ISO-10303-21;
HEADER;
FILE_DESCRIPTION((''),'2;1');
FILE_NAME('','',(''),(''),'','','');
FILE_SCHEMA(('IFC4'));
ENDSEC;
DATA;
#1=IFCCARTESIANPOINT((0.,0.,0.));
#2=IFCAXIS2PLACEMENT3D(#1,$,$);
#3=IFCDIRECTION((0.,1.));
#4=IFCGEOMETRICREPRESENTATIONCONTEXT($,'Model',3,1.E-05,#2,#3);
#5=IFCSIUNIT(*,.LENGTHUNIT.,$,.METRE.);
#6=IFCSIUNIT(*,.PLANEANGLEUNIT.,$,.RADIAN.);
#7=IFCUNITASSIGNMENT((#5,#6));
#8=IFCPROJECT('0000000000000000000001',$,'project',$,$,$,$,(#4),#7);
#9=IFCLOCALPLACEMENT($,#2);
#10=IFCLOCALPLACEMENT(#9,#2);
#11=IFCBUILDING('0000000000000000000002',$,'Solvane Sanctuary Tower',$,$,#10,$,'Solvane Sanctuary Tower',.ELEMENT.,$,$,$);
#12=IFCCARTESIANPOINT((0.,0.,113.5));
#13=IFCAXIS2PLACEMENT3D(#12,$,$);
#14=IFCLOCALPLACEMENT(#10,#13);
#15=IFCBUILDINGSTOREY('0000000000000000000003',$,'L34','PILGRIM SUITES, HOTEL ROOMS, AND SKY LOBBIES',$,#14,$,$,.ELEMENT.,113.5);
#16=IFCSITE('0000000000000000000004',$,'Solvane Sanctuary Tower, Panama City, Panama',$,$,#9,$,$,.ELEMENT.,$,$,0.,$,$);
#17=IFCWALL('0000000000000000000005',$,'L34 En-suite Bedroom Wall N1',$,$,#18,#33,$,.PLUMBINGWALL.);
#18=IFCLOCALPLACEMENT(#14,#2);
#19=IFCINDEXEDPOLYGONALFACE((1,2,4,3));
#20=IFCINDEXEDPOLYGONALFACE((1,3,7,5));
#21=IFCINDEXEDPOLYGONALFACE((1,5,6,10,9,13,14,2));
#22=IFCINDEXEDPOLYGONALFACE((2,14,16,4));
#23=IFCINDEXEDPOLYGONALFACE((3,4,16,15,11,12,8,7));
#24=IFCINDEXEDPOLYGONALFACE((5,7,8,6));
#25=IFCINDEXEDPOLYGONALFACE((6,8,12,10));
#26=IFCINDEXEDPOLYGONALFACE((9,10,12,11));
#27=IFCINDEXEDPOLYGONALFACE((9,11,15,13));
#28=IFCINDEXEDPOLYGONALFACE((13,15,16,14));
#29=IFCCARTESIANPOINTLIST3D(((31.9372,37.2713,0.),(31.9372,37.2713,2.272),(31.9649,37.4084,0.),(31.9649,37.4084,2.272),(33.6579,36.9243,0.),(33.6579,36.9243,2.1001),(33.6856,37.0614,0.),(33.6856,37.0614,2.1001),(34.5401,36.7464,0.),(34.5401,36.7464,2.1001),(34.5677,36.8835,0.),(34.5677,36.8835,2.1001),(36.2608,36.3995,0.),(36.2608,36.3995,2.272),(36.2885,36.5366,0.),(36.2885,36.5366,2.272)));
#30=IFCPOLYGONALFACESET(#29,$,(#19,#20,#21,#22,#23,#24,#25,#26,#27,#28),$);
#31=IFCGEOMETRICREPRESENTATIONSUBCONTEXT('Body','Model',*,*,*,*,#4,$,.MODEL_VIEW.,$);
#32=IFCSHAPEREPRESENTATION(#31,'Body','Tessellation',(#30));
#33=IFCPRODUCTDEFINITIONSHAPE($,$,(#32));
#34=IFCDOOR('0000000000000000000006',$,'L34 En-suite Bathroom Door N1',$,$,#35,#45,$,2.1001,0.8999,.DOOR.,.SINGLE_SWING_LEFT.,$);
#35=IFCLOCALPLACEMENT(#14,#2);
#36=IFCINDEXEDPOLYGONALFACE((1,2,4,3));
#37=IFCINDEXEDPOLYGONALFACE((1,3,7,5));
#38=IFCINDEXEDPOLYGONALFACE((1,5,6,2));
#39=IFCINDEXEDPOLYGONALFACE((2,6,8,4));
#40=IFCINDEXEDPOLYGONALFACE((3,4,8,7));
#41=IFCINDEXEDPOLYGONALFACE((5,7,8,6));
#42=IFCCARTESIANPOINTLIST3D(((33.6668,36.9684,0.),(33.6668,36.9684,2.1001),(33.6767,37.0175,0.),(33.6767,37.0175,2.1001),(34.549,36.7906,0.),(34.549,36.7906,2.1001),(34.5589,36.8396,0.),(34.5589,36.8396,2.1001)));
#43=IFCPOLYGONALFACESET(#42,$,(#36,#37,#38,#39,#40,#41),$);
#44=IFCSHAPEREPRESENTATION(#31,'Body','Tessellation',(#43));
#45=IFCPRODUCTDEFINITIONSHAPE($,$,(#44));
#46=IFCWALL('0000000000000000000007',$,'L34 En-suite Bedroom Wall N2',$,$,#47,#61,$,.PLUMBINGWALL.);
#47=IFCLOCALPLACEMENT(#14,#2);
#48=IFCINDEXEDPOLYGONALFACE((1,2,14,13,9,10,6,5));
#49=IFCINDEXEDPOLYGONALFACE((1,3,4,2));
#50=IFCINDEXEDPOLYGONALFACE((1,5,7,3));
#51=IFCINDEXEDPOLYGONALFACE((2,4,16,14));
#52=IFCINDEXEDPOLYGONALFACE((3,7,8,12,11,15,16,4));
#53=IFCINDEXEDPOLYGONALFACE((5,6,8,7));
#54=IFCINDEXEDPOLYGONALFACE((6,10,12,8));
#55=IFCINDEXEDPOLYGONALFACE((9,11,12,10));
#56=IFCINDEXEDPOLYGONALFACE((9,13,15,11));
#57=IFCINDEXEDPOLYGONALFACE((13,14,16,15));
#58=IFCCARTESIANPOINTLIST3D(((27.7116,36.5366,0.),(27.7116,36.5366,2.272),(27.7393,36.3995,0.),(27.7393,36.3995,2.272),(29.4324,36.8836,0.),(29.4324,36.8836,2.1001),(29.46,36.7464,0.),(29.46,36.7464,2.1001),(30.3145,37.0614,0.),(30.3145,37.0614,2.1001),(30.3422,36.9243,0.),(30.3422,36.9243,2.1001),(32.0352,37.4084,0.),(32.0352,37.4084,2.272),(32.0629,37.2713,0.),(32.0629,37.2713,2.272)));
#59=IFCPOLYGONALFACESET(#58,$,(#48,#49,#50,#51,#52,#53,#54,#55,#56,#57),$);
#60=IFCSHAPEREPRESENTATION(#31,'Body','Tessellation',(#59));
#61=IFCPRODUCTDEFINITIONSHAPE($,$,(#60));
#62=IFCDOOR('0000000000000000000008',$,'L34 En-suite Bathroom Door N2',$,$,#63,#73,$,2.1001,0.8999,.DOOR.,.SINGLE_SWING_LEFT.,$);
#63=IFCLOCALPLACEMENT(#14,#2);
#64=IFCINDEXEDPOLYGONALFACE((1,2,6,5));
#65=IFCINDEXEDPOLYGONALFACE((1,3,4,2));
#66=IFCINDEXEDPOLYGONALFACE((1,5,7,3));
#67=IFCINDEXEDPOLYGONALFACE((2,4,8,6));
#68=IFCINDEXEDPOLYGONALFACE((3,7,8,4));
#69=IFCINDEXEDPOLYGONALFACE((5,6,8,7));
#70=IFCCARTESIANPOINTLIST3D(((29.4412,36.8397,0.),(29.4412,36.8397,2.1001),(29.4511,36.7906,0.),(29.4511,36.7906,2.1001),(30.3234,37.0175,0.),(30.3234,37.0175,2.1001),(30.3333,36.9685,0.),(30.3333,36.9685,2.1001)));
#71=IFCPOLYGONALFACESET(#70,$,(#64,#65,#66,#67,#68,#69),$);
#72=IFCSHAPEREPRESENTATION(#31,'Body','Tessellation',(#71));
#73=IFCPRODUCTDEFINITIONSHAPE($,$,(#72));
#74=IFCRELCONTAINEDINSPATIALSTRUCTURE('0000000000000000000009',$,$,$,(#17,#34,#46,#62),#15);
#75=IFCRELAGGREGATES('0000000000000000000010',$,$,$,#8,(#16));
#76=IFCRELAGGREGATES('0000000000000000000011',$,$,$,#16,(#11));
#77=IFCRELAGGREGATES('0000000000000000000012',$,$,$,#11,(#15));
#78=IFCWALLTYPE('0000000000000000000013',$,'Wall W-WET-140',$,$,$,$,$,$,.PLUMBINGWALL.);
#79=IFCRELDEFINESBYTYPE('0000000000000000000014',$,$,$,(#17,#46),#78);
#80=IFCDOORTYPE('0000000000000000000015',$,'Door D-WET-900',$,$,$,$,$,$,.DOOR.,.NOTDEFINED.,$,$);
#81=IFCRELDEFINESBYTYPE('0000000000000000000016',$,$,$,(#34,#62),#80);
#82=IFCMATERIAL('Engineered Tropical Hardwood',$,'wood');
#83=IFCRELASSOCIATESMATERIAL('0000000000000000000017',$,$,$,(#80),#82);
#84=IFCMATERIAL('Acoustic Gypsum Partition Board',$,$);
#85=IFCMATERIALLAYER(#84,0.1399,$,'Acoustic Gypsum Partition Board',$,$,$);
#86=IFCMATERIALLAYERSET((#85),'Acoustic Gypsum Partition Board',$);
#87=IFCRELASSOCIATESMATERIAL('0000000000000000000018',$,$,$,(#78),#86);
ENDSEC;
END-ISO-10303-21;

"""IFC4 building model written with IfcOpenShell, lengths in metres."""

from ifc_helpers import new_model, si_unit, direction, frame, frame_2d, origin, place, context, subcontext, project, spatial, rectangle, extrude, material, layer, layer_set, type_object, element, fill, save


model = new_model("IFC4")

# Units and contexts
model_context = context("Model", 3, precision=1e-05, world=origin(), true_north=direction((0.0, 1.0)))
body_context = subcontext(model_context, "Body", "Model", "MODEL_VIEW")
ifc_project = project(units=[si_unit("LENGTHUNIT", "METRE"), si_unit("PLANEANGLEUNIT", "RADIAN")], contexts=[model_context])

# Site, building, storey
site_placement = place(None, origin())
site = spatial("IfcSite", under=ifc_project, at=site_placement, Name="Solvane Sanctuary Tower, Panama City, Panama", CompositionType="ELEMENT", RefElevation=0.0)
building_placement = place(site_placement, origin())
building = spatial("IfcBuilding", under=site, at=building_placement, Name="Solvane Sanctuary Tower", LongName="Solvane Sanctuary Tower", CompositionType="ELEMENT")
storey_placement = place(building_placement, frame((0.0, 0.0, 113.5)))
storey = spatial("IfcBuildingStorey", under=building, at=storey_placement, Name="L34", Description="PILGRIM SUITES, HOTEL ROOMS, AND SKY LOBBIES", CompositionType="ELEMENT", Elevation=113.5)

# Shared definitions
ifc_material_1 = material(Name="Acoustic Gypsum Partition Board")

# Shared definitions
ifc_material_2 = material(Name="Engineered Tropical Hardwood", Category="wood")
door_type_1 = type_object("IfcDoorType", Name="Door D-WET-900", OperationType="NOTDEFINED", PredefinedType="DOOR", material=ifc_material_2)

# Shared definitions
ifc_layer_1 = layer(ifc_material_1, 0.1399, Name="Acoustic Gypsum Partition Board")
ifc_layer_set_1 = layer_set([ifc_layer_1], Name="Acoustic Gypsum Partition Board")
wall_type_1 = type_object("IfcWallType", Name="Wall W-WET-140", PredefinedType="PLUMBINGWALL", material=ifc_layer_set_1)

# Walls, openings, doors
wall_1_placement = place(storey_placement, frame((36.2747, 36.468, 0.0), z_axis=(0.0, 0.0, 1.0), x_axis=(-0.980271, 0.197659, 0.0)))
wall_1 = element("IfcWall", 1, at=wall_1_placement, inside=storey, type_object=wall_type_1, Name="L34 En-suite Bedroom Wall N1", PredefinedType="PLUMBINGWALL", context=body_context, shape_type="SweptSolid", body=[
    extrude(rectangle(XDim=4.4106, YDim=0.1399, at=frame_2d((2.2053, 0.0))), origin(), (0.0, 0.0, 1.0), 2.272),
])
opening_1_placement = place(wall_1_placement, frame((1.7554, 0.0, 0.0)))
opening_1 = element("IfcOpeningElement", 2, at=opening_1_placement, cuts=wall_1, PredefinedType="OPENING", context=body_context, shape_type="SweptSolid", body=[
    extrude(rectangle(XDim=0.8999, YDim=2.1001, at=frame_2d((0.45, 1.05))), frame((0.0, 0.0798, 0.0), z_axis=(0.0, -1.0, 0.0), x_axis=(1.0, 0.0, 0.0)), (0.0, 0.0, 1.0), 0.1599),
])
door_1_placement = place(opening_1_placement, origin())
door_1 = element("IfcDoor", 3, at=door_1_placement, inside=storey, type_object=door_type_1, Name="L34 En-suite Bathroom Door N1", OperationType="SINGLE_SWING_LEFT", OverallHeight=2.1001, OverallWidth=0.8999, PredefinedType="DOOR", context=body_context, shape_type="SweptSolid", body=[
    extrude(rectangle(XDim=0.8999, YDim=2.1001, at=frame_2d((0.45, 1.05))), frame((0.0, 0.0249, 0.0), z_axis=(0.0, -1.0, 0.0), x_axis=(1.0, 0.0, 0.0)), (0.0, 0.0, 1.0), 0.05),
])
fill(opening_1, door_1)
wall_2_placement = place(storey_placement, frame((32.0491, 37.3398, 0.0), z_axis=(0.0, 0.0, 1.0), x_axis=(-0.980271, -0.197659, 0.0)))
wall_2 = element("IfcWall", 4, at=wall_2_placement, inside=storey, type_object=wall_type_1, Name="L34 En-suite Bedroom Wall N2", PredefinedType="PLUMBINGWALL", context=body_context, shape_type="SweptSolid", body=[
    extrude(rectangle(XDim=4.4106, YDim=0.1399, at=frame_2d((2.2053, 0.0))), origin(), (0.0, 0.0, 1.0), 2.272),
])
opening_2_placement = place(wall_2_placement, frame((1.7554, 0.0, 0.0)))
opening_2 = element("IfcOpeningElement", 5, at=opening_2_placement, cuts=wall_2, PredefinedType="OPENING", context=body_context, shape_type="SweptSolid", body=[
    extrude(rectangle(XDim=0.8999, YDim=2.1001, at=frame_2d((0.45, 1.05))), frame((0.0, 0.0798, 0.0), z_axis=(0.0, -1.0, 0.0), x_axis=(1.0, 0.0, 0.0)), (0.0, 0.0, 1.0), 0.1599),
])
door_2_placement = place(opening_2_placement, origin())
door_2 = element("IfcDoor", 6, at=door_2_placement, inside=storey, type_object=door_type_1, Name="L34 En-suite Bathroom Door N2", OperationType="SINGLE_SWING_LEFT", OverallHeight=2.1001, OverallWidth=0.8999, PredefinedType="DOOR", context=body_context, shape_type="SweptSolid", body=[
    extrude(rectangle(XDim=0.8999, YDim=2.1001, at=frame_2d((0.45, 1.05))), frame((0.0, 0.0249, 0.0), z_axis=(0.0, -1.0, 0.0), x_axis=(1.0, 0.0, 0.0)), (0.0, 0.0, 1.0), 0.05),
])
fill(opening_2, door_2)

save(model, "model.ifc")
